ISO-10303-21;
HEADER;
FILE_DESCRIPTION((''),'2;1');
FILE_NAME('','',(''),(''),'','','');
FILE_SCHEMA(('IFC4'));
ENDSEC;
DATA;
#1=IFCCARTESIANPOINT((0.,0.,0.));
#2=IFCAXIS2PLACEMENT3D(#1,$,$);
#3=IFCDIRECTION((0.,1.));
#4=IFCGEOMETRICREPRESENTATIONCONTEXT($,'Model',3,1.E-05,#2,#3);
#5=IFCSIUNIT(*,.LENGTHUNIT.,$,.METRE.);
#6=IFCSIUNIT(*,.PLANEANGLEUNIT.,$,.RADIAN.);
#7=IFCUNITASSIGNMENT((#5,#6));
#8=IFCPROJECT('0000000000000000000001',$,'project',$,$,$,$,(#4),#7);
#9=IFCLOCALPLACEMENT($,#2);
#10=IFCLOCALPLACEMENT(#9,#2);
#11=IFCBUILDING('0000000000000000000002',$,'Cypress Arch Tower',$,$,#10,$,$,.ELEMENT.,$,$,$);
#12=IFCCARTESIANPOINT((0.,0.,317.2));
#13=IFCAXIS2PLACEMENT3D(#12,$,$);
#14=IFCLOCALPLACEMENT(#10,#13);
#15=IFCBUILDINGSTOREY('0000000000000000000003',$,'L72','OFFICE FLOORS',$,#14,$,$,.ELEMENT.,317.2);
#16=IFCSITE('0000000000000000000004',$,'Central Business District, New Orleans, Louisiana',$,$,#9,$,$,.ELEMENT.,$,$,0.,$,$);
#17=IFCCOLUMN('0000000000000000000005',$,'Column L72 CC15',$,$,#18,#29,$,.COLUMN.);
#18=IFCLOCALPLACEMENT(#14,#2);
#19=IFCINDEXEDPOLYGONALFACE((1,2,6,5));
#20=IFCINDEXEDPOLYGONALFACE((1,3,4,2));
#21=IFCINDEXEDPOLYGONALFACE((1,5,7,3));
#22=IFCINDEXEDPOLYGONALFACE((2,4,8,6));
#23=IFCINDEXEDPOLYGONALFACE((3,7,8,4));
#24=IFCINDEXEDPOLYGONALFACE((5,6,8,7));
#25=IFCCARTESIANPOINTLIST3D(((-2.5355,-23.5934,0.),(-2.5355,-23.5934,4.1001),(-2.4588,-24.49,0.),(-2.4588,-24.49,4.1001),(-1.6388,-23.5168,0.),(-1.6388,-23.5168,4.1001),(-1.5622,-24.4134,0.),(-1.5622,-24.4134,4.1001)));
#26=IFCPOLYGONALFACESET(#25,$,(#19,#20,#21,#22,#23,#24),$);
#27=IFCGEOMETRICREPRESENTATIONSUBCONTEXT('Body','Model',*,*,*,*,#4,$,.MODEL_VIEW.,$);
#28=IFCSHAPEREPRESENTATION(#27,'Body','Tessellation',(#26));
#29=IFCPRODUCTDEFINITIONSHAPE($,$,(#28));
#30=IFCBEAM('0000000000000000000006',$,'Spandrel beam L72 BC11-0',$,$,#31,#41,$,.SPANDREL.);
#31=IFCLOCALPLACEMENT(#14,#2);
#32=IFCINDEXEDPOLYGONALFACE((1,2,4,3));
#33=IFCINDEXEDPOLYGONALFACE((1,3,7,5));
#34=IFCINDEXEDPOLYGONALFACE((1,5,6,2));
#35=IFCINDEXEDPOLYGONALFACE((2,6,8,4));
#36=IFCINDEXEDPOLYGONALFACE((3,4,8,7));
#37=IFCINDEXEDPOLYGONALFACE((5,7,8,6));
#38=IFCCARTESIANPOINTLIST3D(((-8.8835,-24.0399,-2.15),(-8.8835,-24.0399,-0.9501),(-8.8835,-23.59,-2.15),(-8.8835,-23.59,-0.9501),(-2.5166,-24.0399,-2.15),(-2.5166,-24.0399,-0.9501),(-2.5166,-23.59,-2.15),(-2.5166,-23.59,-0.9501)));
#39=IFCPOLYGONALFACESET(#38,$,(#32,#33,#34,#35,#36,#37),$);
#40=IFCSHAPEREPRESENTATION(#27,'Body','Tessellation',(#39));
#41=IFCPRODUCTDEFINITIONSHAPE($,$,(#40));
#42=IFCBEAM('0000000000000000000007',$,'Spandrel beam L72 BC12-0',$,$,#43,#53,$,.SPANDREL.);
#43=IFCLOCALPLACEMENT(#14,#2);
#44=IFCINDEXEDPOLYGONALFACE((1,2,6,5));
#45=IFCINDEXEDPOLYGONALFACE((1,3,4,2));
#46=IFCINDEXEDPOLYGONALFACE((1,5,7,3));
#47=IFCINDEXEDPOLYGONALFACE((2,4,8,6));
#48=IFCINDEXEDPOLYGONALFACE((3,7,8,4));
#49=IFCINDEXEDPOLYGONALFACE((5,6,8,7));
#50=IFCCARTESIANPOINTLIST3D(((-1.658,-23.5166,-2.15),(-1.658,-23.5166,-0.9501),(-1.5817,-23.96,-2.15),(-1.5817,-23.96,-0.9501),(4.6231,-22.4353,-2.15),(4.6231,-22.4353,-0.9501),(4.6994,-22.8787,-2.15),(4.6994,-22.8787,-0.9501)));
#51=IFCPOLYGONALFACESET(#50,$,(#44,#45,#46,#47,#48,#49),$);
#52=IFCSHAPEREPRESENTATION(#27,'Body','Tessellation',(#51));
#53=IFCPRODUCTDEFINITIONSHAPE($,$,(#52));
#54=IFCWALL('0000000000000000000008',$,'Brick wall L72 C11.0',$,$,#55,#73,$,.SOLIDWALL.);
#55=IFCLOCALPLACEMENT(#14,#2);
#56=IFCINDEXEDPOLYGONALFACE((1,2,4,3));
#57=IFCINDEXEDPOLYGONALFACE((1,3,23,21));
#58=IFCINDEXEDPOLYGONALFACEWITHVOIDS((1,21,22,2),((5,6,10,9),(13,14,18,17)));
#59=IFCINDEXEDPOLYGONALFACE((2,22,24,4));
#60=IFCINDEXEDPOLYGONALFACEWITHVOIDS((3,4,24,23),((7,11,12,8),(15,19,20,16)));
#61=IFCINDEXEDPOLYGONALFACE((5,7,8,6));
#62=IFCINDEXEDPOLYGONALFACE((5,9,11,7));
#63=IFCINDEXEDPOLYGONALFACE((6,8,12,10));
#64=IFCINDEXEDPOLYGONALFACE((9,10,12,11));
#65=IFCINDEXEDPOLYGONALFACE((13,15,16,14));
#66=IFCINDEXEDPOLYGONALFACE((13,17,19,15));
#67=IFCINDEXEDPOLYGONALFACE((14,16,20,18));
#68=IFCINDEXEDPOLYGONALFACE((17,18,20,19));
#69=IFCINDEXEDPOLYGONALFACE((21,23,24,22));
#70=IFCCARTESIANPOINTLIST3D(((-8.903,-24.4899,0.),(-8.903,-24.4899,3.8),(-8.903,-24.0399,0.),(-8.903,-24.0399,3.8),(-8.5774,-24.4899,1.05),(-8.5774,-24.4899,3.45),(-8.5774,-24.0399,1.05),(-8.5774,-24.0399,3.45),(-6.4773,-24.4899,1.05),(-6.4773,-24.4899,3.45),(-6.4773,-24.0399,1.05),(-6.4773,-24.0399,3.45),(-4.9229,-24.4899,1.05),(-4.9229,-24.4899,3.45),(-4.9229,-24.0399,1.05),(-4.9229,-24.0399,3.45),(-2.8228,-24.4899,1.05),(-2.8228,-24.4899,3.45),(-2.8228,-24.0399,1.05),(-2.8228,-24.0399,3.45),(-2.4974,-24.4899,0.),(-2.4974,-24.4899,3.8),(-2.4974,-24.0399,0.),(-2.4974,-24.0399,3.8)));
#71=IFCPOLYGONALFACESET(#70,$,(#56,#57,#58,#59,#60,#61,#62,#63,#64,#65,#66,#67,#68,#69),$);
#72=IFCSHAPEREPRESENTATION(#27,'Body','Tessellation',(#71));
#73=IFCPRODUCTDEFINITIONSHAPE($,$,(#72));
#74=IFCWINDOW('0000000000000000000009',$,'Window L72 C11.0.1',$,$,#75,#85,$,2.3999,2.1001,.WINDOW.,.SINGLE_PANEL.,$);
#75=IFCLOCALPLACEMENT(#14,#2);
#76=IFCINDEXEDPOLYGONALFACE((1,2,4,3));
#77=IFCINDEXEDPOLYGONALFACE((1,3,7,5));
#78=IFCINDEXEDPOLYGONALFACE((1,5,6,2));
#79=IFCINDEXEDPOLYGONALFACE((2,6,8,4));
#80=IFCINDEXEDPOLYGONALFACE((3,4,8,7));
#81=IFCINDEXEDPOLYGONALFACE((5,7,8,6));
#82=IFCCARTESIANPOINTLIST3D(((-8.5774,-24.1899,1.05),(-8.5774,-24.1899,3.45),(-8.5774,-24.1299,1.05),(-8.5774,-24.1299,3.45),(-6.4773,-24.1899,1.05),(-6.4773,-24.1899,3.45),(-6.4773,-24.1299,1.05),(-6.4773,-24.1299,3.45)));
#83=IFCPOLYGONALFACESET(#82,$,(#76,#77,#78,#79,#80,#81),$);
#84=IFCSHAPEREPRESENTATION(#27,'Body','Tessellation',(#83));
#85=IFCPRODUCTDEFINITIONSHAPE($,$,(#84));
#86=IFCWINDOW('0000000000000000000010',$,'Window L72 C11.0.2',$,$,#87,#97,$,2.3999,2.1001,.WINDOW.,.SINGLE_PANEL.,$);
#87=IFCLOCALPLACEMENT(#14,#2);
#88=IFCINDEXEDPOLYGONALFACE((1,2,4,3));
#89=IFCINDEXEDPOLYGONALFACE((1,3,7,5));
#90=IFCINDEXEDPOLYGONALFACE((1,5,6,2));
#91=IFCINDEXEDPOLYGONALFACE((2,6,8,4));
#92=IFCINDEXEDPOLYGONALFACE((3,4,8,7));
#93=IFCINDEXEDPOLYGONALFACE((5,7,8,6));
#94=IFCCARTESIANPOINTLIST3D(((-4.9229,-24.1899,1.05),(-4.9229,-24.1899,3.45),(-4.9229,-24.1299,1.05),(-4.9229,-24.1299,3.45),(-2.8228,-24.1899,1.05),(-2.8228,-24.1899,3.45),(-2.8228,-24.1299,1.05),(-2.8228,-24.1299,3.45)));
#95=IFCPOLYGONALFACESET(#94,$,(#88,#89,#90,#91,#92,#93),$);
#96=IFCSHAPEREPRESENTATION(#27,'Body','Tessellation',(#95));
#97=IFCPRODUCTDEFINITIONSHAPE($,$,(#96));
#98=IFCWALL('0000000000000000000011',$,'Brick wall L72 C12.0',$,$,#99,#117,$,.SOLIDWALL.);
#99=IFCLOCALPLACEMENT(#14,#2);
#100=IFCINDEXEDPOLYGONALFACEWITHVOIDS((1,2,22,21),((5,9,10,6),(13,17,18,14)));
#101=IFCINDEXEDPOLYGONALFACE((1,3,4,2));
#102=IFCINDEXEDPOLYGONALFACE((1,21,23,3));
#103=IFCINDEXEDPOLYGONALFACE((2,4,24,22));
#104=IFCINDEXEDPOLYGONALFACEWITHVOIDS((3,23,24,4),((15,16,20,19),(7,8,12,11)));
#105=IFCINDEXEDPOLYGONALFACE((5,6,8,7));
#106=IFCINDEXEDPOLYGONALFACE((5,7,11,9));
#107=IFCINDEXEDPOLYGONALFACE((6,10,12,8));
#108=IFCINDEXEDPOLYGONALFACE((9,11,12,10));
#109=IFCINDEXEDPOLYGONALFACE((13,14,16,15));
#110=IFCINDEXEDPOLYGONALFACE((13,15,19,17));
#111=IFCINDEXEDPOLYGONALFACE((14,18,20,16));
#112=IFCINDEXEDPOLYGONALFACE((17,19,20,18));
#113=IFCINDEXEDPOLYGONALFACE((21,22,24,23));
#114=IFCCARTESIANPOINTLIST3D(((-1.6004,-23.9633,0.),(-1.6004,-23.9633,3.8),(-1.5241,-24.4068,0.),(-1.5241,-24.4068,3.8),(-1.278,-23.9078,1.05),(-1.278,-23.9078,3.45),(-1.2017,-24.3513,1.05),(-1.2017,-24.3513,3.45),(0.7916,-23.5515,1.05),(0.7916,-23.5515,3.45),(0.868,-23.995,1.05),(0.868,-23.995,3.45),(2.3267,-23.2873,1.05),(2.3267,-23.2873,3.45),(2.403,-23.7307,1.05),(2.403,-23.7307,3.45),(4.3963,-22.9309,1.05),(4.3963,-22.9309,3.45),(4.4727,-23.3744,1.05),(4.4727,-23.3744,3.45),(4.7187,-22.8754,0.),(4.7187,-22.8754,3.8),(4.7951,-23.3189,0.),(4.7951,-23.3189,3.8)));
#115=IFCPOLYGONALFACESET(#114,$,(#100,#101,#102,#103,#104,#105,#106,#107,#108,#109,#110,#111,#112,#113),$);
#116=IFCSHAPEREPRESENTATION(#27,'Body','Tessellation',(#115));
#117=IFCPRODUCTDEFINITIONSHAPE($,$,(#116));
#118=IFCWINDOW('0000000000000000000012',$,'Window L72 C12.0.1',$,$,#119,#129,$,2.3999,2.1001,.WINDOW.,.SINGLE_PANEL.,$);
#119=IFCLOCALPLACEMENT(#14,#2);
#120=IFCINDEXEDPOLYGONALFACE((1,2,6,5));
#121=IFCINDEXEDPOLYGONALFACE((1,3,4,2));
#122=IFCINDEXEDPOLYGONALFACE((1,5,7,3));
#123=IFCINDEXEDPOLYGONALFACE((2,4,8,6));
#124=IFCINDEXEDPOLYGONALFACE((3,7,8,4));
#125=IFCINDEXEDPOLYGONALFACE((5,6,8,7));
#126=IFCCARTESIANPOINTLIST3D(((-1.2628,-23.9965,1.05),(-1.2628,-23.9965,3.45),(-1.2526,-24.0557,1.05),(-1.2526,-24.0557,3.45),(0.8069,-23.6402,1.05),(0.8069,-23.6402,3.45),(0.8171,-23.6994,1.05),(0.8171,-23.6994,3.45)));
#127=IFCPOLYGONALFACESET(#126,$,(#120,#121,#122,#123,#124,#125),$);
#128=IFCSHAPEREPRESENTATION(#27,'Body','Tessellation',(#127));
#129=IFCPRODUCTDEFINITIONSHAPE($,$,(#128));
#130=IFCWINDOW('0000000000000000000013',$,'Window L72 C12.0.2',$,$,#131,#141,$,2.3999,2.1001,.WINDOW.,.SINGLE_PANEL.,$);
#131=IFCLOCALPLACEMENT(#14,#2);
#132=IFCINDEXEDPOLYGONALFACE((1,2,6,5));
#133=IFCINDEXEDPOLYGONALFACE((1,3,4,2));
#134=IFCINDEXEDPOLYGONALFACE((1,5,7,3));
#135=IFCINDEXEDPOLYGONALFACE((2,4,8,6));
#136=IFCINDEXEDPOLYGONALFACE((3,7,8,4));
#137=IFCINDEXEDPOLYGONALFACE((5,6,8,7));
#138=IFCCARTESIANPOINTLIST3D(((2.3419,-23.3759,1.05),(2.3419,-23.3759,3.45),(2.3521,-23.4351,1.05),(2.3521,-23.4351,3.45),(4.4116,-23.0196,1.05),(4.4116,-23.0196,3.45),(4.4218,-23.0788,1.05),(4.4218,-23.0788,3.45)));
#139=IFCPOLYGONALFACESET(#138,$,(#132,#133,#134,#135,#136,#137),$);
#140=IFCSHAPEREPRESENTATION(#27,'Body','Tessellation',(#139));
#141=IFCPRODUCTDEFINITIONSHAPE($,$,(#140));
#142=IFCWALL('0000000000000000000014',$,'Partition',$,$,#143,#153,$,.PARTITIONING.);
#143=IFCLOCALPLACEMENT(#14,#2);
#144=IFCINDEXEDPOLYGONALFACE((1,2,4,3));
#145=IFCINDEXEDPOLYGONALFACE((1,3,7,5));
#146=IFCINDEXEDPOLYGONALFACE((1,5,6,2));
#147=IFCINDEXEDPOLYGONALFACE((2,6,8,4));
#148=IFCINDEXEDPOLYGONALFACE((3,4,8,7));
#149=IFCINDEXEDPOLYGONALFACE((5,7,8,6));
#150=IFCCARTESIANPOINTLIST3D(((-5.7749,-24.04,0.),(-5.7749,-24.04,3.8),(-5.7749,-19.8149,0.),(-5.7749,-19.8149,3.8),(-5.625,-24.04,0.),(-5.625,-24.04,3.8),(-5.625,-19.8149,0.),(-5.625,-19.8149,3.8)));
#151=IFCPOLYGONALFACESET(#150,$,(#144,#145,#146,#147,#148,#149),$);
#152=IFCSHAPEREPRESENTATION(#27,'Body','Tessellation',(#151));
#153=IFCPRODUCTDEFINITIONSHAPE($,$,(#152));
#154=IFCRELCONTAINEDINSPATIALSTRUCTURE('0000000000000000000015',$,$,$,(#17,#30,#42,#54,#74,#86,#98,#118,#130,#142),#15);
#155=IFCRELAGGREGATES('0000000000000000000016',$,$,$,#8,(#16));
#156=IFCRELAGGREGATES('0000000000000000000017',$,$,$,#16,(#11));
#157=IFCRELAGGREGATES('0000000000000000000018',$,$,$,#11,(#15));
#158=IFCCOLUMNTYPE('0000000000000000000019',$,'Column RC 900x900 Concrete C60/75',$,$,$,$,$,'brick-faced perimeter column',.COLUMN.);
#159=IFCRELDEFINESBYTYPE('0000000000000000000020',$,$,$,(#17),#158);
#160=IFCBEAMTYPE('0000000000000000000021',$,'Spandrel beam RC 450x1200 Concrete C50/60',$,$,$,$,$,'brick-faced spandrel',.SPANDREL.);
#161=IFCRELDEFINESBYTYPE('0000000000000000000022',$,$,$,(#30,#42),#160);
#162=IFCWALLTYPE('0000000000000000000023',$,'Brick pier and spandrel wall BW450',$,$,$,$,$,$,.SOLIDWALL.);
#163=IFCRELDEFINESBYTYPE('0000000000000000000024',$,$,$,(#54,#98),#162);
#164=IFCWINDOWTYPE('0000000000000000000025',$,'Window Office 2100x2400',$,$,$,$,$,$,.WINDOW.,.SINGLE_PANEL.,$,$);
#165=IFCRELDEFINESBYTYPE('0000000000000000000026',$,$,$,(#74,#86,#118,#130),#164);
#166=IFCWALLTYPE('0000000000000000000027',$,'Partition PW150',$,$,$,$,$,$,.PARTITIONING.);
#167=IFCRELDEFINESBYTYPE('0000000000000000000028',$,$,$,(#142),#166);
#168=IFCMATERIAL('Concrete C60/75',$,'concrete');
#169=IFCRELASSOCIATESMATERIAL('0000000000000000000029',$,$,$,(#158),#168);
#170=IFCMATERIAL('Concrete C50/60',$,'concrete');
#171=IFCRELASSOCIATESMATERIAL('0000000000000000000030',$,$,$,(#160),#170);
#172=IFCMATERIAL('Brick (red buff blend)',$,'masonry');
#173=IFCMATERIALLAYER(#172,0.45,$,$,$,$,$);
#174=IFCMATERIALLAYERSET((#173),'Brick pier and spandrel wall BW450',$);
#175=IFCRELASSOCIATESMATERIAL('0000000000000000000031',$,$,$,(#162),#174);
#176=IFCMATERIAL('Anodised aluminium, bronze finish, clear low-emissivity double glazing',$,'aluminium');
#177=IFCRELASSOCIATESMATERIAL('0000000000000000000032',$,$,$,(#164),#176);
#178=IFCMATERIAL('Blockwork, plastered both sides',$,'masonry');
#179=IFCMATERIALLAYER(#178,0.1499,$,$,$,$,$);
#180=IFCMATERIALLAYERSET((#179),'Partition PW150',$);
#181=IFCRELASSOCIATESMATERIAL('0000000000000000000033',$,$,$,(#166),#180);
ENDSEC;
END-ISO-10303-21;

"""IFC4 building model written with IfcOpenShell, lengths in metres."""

from ifc_helpers import new_model, si_unit, direction, frame, frame_2d, origin, origin_2d, place, context, subcontext, project, spatial, rectangle, extrude, material, layer, layer_set, material_profile, profile_set, type_object, element, fill, save


model = new_model("IFC4")

# Units and contexts
model_context = context("Model", 3, precision=1e-05, world=origin(), true_north=direction((0.0, 1.0)))
body_context = subcontext(model_context, "Body", "Model", "MODEL_VIEW")
ifc_project = project(units=[si_unit("LENGTHUNIT", "METRE"), si_unit("PLANEANGLEUNIT", "RADIAN")], contexts=[model_context])

# Site, building, storey
site_placement = place(None, origin())
site = spatial("IfcSite", under=ifc_project, at=site_placement, Name="Central Business District, New Orleans, Louisiana", CompositionType="ELEMENT", RefElevation=0.0)
building_placement = place(site_placement, origin())
building = spatial("IfcBuilding", under=site, at=building_placement, Name="Cypress Arch Tower", CompositionType="ELEMENT")
storey_placement = place(building_placement, frame((0.0, 0.0, 317.2)))
storey = spatial("IfcBuildingStorey", under=building, at=storey_placement, Name="L72", Description="OFFICE FLOORS", CompositionType="ELEMENT", Elevation=317.2)

# Column
ifc_material_1 = material(Name="Concrete C60/75", Category="concrete")
ifc_material_profile_1 = material_profile(ifc_material_1, rectangle(XDim=0.8999, YDim=0.8999, at=origin_2d()), Name="RC 900x900")
ifc_profile_set_1 = profile_set([ifc_material_profile_1], Name="Concrete C60/75")
column_type = type_object("IfcColumnType", Name="Column RC 900x900 Concrete C60/75", ElementType="brick-faced perimeter column", PredefinedType="COLUMN", material=ifc_profile_set_1)
column_placement = place(storey_placement, frame((-2.0488, -24.0034, 0.0), z_axis=(0.0, 0.0, 1.0), x_axis=(0.996368, 0.085149, 0.0)))
element("IfcColumn", 1, at=column_placement, inside=storey, type_object=column_type, Name="Column L72 CC15", PredefinedType="COLUMN", context=body_context, shape_type="SweptSolid", body=[
    extrude(rectangle(XDim=0.8999, YDim=0.8999, at=origin_2d()), origin(), (0.0, 0.0, 1.0), 4.1001),
])

# Beams
ifc_material_2 = material(Name="Concrete C50/60", Category="concrete")
ifc_material_profile_2 = material_profile(ifc_material_2, rectangle(XDim=0.45, YDim=1.2, at=origin_2d()), Name="RC 450x1200")
ifc_profile_set_2 = profile_set([ifc_material_profile_2], Name="Concrete C50/60")
beam_type = type_object("IfcBeamType", Name="Spandrel beam RC 450x1200 Concrete C50/60", ElementType="brick-faced spandrel", PredefinedType="SPANDREL", material=ifc_profile_set_2)
beam_1_placement = place(storey_placement, frame((-8.8835, -23.8149, -1.55), z_axis=(1.0, 0.0, 0.0), x_axis=(0.0, 1.0, 0.0)))
element("IfcBeam", 2, at=beam_1_placement, inside=storey, type_object=beam_type, Name="Spandrel beam L72 BC11-0", PredefinedType="SPANDREL", context=body_context, shape_type="SweptSolid", body=[
    extrude(rectangle(XDim=0.45, YDim=1.2, at=origin_2d()), origin(), (0.0, 0.0, 1.0), 6.3669),
])
beam_2_placement = place(storey_placement, frame((-1.6199, -23.7383, -1.55), z_axis=(0.985504, 0.169652, 0.0), x_axis=(-0.169652, 0.985504, 0.0)))
element("IfcBeam", 3, at=beam_2_placement, inside=storey, type_object=beam_type, Name="Spandrel beam L72 BC12-0", PredefinedType="SPANDREL", context=body_context, shape_type="SweptSolid", body=[
    extrude(rectangle(XDim=0.45, YDim=1.2, at=origin_2d()), origin(), (0.0, 0.0, 1.0), 6.3735),
])

# Walls, openings, windows
ifc_material_3 = material(Name="Brick (red buff blend)", Category="masonry")
ifc_layer_1 = layer(ifc_material_3, 0.45)
ifc_layer_set_1 = layer_set([ifc_layer_1], Name="Brick pier and spandrel wall BW450")
wall_type_1 = type_object("IfcWallType", Name="Brick pier and spandrel wall BW450", PredefinedType="SOLIDWALL", material=ifc_layer_set_1)
wall_1_placement = place(storey_placement, frame((-8.9028, -24.2649, 0.0), z_axis=(0.0, 0.0, 1.0), x_axis=(1.0, 0.0, 0.0)))
wall_1 = element("IfcWall", 4, at=wall_1_placement, inside=storey, type_object=wall_type_1, Name="Brick wall L72 C11.0", PredefinedType="SOLIDWALL", context=body_context, shape_type="SweptSolid", body=[
    extrude(rectangle(XDim=6.4055, YDim=0.45, at=frame_2d((3.2026, 0.0))), origin(), (0.0, 0.0, 1.0), 3.8),
])
opening_1_placement = place(wall_1_placement, frame((0.3254, 0.0, 1.05)))
opening_1 = element("IfcOpeningElement", 5, at=opening_1_placement, cuts=wall_1, PredefinedType="OPENING", context=body_context, shape_type="SweptSolid", body=[
    extrude(rectangle(XDim=2.1001, YDim=2.3999, at=frame_2d((1.05, 1.2))), frame((0.0, 0.2349, 0.0), z_axis=(0.0, -1.0, 0.0), x_axis=(1.0, 0.0, 0.0)), (0.0, 0.0, 1.0), 0.47),
])
opening_2_placement = place(wall_1_placement, frame((3.98, 0.0, 1.05)))
opening_2 = element("IfcOpeningElement", 6, at=opening_2_placement, cuts=wall_1, PredefinedType="OPENING", context=body_context, shape_type="SweptSolid", body=[
    extrude(rectangle(XDim=2.1001, YDim=2.3999, at=frame_2d((1.05, 1.2))), frame((0.0, 0.2349, 0.0), z_axis=(0.0, -1.0, 0.0), x_axis=(1.0, 0.0, 0.0)), (0.0, 0.0, 1.0), 0.47),
])
ifc_material_4 = material(Name="Anodised aluminium, bronze finish, clear low-emissivity double glazing", Category="aluminium")
window_type = type_object("IfcWindowType", Name="Window Office 2100x2400", PartitioningType="SINGLE_PANEL", PredefinedType="WINDOW", material=ifc_material_4)
window_1_placement = place(opening_1_placement, origin())
window_1 = element("IfcWindow", 7, at=window_1_placement, inside=storey, type_object=window_type, Name="Window L72 C11.0.1", OverallHeight=2.3999, OverallWidth=2.1001, PartitioningType="SINGLE_PANEL", PredefinedType="WINDOW", context=body_context, shape_type="SweptSolid", body=[
    extrude(rectangle(XDim=2.1001, YDim=2.3999, at=frame_2d((1.05, 1.2))), frame((0.0, 0.135, 0.0), z_axis=(0.0, -1.0, 0.0), x_axis=(1.0, 0.0, 0.0)), (0.0, 0.0, 1.0), 0.0601),
])
fill(opening_1, window_1)
window_2_placement = place(opening_2_placement, origin())
window_2 = element("IfcWindow", 8, at=window_2_placement, inside=storey, type_object=window_type, Name="Window L72 C11.0.2", OverallHeight=2.3999, OverallWidth=2.1001, PartitioningType="SINGLE_PANEL", PredefinedType="WINDOW", context=body_context, shape_type="SweptSolid", body=[
    extrude(rectangle(XDim=2.1001, YDim=2.3999, at=frame_2d((1.05, 1.2))), frame((0.0, 0.135, 0.0), z_axis=(0.0, -1.0, 0.0), x_axis=(1.0, 0.0, 0.0)), (0.0, 0.0, 1.0), 0.0601),
])
fill(opening_2, window_2)
wall_2_placement = place(storey_placement, frame((-1.5623, -24.1851, 0.0), z_axis=(0.0, 0.0, 1.0), x_axis=(0.985502, 0.169663, 0.0)))
wall_2 = element("IfcWall", 9, at=wall_2_placement, inside=storey, type_object=wall_type_1, Name="Brick wall L72 C12.0", PredefinedType="SOLIDWALL", context=body_context, shape_type="SweptSolid", body=[
    extrude(rectangle(XDim=6.4121, YDim=0.45, at=frame_2d((3.2061, 0.0))), origin(), (0.0, 0.0, 1.0), 3.8),
])
opening_3_placement = place(wall_2_placement, frame((0.3271, 0.0, 1.05)))
opening_3 = element("IfcOpeningElement", 10, at=opening_3_placement, cuts=wall_2, PredefinedType="OPENING", context=body_context, shape_type="SweptSolid", body=[
    extrude(rectangle(XDim=2.1001, YDim=2.3999, at=frame_2d((1.05, 1.2))), frame((0.0, 0.2349, 0.0), z_axis=(0.0, -1.0, 0.0), x_axis=(1.0, 0.0, 0.0)), (0.0, 0.0, 1.0), 0.47),
])
opening_4_placement = place(wall_2_placement, frame((3.9849, 0.0, 1.05)))
opening_4 = element("IfcOpeningElement", 11, at=opening_4_placement, cuts=wall_2, PredefinedType="OPENING", context=body_context, shape_type="SweptSolid", body=[
    extrude(rectangle(XDim=2.1001, YDim=2.3999, at=frame_2d((1.05, 1.2))), frame((0.0, 0.2349, 0.0), z_axis=(0.0, -1.0, 0.0), x_axis=(1.0, 0.0, 0.0)), (0.0, 0.0, 1.0), 0.47),
])
window_3_placement = place(opening_3_placement, origin())
window_3 = element("IfcWindow", 12, at=window_3_placement, inside=storey, type_object=window_type, Name="Window L72 C12.0.1", OverallHeight=2.3999, OverallWidth=2.1001, PartitioningType="SINGLE_PANEL", PredefinedType="WINDOW", context=body_context, shape_type="SweptSolid", body=[
    extrude(rectangle(XDim=2.1001, YDim=2.3999, at=frame_2d((1.05, 1.2))), frame((0.0, 0.135, 0.0), z_axis=(0.0, -1.0, 0.0), x_axis=(1.0, 0.0, 0.0)), (0.0, 0.0, 1.0), 0.0601),
])
fill(opening_3, window_3)
window_4_placement = place(opening_4_placement, origin())
window_4 = element("IfcWindow", 13, at=window_4_placement, inside=storey, type_object=window_type, Name="Window L72 C12.0.2", OverallHeight=2.3999, OverallWidth=2.1001, PartitioningType="SINGLE_PANEL", PredefinedType="WINDOW", context=body_context, shape_type="SweptSolid", body=[
    extrude(rectangle(XDim=2.1001, YDim=2.3999, at=frame_2d((1.05, 1.2))), frame((0.0, 0.135, 0.0), z_axis=(0.0, -1.0, 0.0), x_axis=(1.0, 0.0, 0.0)), (0.0, 0.0, 1.0), 0.0601),
])
fill(opening_4, window_4)

# Wall
ifc_material_5 = material(Name="Blockwork, plastered both sides", Category="masonry")
ifc_layer_2 = layer(ifc_material_5, 0.1499)
ifc_layer_set_2 = layer_set([ifc_layer_2], Name="Partition PW150")
wall_type_2 = type_object("IfcWallType", Name="Partition PW150", PredefinedType="PARTITIONING", material=ifc_layer_set_2)
wall_3_placement = place(storey_placement, frame((-5.7, -24.04, 0.0), z_axis=(0.0, 0.0, 1.0), x_axis=(0.0, 1.0, 0.0)))
element("IfcWall", 14, at=wall_3_placement, inside=storey, type_object=wall_type_2, Name="Partition", PredefinedType="PARTITIONING", context=body_context, shape_type="SweptSolid", body=[
    extrude(rectangle(XDim=4.2251, YDim=0.1499, at=frame_2d((2.1125, 0.0))), origin(), (0.0, 0.0, 1.0), 3.8),
])

save(model, "model.ifc")
